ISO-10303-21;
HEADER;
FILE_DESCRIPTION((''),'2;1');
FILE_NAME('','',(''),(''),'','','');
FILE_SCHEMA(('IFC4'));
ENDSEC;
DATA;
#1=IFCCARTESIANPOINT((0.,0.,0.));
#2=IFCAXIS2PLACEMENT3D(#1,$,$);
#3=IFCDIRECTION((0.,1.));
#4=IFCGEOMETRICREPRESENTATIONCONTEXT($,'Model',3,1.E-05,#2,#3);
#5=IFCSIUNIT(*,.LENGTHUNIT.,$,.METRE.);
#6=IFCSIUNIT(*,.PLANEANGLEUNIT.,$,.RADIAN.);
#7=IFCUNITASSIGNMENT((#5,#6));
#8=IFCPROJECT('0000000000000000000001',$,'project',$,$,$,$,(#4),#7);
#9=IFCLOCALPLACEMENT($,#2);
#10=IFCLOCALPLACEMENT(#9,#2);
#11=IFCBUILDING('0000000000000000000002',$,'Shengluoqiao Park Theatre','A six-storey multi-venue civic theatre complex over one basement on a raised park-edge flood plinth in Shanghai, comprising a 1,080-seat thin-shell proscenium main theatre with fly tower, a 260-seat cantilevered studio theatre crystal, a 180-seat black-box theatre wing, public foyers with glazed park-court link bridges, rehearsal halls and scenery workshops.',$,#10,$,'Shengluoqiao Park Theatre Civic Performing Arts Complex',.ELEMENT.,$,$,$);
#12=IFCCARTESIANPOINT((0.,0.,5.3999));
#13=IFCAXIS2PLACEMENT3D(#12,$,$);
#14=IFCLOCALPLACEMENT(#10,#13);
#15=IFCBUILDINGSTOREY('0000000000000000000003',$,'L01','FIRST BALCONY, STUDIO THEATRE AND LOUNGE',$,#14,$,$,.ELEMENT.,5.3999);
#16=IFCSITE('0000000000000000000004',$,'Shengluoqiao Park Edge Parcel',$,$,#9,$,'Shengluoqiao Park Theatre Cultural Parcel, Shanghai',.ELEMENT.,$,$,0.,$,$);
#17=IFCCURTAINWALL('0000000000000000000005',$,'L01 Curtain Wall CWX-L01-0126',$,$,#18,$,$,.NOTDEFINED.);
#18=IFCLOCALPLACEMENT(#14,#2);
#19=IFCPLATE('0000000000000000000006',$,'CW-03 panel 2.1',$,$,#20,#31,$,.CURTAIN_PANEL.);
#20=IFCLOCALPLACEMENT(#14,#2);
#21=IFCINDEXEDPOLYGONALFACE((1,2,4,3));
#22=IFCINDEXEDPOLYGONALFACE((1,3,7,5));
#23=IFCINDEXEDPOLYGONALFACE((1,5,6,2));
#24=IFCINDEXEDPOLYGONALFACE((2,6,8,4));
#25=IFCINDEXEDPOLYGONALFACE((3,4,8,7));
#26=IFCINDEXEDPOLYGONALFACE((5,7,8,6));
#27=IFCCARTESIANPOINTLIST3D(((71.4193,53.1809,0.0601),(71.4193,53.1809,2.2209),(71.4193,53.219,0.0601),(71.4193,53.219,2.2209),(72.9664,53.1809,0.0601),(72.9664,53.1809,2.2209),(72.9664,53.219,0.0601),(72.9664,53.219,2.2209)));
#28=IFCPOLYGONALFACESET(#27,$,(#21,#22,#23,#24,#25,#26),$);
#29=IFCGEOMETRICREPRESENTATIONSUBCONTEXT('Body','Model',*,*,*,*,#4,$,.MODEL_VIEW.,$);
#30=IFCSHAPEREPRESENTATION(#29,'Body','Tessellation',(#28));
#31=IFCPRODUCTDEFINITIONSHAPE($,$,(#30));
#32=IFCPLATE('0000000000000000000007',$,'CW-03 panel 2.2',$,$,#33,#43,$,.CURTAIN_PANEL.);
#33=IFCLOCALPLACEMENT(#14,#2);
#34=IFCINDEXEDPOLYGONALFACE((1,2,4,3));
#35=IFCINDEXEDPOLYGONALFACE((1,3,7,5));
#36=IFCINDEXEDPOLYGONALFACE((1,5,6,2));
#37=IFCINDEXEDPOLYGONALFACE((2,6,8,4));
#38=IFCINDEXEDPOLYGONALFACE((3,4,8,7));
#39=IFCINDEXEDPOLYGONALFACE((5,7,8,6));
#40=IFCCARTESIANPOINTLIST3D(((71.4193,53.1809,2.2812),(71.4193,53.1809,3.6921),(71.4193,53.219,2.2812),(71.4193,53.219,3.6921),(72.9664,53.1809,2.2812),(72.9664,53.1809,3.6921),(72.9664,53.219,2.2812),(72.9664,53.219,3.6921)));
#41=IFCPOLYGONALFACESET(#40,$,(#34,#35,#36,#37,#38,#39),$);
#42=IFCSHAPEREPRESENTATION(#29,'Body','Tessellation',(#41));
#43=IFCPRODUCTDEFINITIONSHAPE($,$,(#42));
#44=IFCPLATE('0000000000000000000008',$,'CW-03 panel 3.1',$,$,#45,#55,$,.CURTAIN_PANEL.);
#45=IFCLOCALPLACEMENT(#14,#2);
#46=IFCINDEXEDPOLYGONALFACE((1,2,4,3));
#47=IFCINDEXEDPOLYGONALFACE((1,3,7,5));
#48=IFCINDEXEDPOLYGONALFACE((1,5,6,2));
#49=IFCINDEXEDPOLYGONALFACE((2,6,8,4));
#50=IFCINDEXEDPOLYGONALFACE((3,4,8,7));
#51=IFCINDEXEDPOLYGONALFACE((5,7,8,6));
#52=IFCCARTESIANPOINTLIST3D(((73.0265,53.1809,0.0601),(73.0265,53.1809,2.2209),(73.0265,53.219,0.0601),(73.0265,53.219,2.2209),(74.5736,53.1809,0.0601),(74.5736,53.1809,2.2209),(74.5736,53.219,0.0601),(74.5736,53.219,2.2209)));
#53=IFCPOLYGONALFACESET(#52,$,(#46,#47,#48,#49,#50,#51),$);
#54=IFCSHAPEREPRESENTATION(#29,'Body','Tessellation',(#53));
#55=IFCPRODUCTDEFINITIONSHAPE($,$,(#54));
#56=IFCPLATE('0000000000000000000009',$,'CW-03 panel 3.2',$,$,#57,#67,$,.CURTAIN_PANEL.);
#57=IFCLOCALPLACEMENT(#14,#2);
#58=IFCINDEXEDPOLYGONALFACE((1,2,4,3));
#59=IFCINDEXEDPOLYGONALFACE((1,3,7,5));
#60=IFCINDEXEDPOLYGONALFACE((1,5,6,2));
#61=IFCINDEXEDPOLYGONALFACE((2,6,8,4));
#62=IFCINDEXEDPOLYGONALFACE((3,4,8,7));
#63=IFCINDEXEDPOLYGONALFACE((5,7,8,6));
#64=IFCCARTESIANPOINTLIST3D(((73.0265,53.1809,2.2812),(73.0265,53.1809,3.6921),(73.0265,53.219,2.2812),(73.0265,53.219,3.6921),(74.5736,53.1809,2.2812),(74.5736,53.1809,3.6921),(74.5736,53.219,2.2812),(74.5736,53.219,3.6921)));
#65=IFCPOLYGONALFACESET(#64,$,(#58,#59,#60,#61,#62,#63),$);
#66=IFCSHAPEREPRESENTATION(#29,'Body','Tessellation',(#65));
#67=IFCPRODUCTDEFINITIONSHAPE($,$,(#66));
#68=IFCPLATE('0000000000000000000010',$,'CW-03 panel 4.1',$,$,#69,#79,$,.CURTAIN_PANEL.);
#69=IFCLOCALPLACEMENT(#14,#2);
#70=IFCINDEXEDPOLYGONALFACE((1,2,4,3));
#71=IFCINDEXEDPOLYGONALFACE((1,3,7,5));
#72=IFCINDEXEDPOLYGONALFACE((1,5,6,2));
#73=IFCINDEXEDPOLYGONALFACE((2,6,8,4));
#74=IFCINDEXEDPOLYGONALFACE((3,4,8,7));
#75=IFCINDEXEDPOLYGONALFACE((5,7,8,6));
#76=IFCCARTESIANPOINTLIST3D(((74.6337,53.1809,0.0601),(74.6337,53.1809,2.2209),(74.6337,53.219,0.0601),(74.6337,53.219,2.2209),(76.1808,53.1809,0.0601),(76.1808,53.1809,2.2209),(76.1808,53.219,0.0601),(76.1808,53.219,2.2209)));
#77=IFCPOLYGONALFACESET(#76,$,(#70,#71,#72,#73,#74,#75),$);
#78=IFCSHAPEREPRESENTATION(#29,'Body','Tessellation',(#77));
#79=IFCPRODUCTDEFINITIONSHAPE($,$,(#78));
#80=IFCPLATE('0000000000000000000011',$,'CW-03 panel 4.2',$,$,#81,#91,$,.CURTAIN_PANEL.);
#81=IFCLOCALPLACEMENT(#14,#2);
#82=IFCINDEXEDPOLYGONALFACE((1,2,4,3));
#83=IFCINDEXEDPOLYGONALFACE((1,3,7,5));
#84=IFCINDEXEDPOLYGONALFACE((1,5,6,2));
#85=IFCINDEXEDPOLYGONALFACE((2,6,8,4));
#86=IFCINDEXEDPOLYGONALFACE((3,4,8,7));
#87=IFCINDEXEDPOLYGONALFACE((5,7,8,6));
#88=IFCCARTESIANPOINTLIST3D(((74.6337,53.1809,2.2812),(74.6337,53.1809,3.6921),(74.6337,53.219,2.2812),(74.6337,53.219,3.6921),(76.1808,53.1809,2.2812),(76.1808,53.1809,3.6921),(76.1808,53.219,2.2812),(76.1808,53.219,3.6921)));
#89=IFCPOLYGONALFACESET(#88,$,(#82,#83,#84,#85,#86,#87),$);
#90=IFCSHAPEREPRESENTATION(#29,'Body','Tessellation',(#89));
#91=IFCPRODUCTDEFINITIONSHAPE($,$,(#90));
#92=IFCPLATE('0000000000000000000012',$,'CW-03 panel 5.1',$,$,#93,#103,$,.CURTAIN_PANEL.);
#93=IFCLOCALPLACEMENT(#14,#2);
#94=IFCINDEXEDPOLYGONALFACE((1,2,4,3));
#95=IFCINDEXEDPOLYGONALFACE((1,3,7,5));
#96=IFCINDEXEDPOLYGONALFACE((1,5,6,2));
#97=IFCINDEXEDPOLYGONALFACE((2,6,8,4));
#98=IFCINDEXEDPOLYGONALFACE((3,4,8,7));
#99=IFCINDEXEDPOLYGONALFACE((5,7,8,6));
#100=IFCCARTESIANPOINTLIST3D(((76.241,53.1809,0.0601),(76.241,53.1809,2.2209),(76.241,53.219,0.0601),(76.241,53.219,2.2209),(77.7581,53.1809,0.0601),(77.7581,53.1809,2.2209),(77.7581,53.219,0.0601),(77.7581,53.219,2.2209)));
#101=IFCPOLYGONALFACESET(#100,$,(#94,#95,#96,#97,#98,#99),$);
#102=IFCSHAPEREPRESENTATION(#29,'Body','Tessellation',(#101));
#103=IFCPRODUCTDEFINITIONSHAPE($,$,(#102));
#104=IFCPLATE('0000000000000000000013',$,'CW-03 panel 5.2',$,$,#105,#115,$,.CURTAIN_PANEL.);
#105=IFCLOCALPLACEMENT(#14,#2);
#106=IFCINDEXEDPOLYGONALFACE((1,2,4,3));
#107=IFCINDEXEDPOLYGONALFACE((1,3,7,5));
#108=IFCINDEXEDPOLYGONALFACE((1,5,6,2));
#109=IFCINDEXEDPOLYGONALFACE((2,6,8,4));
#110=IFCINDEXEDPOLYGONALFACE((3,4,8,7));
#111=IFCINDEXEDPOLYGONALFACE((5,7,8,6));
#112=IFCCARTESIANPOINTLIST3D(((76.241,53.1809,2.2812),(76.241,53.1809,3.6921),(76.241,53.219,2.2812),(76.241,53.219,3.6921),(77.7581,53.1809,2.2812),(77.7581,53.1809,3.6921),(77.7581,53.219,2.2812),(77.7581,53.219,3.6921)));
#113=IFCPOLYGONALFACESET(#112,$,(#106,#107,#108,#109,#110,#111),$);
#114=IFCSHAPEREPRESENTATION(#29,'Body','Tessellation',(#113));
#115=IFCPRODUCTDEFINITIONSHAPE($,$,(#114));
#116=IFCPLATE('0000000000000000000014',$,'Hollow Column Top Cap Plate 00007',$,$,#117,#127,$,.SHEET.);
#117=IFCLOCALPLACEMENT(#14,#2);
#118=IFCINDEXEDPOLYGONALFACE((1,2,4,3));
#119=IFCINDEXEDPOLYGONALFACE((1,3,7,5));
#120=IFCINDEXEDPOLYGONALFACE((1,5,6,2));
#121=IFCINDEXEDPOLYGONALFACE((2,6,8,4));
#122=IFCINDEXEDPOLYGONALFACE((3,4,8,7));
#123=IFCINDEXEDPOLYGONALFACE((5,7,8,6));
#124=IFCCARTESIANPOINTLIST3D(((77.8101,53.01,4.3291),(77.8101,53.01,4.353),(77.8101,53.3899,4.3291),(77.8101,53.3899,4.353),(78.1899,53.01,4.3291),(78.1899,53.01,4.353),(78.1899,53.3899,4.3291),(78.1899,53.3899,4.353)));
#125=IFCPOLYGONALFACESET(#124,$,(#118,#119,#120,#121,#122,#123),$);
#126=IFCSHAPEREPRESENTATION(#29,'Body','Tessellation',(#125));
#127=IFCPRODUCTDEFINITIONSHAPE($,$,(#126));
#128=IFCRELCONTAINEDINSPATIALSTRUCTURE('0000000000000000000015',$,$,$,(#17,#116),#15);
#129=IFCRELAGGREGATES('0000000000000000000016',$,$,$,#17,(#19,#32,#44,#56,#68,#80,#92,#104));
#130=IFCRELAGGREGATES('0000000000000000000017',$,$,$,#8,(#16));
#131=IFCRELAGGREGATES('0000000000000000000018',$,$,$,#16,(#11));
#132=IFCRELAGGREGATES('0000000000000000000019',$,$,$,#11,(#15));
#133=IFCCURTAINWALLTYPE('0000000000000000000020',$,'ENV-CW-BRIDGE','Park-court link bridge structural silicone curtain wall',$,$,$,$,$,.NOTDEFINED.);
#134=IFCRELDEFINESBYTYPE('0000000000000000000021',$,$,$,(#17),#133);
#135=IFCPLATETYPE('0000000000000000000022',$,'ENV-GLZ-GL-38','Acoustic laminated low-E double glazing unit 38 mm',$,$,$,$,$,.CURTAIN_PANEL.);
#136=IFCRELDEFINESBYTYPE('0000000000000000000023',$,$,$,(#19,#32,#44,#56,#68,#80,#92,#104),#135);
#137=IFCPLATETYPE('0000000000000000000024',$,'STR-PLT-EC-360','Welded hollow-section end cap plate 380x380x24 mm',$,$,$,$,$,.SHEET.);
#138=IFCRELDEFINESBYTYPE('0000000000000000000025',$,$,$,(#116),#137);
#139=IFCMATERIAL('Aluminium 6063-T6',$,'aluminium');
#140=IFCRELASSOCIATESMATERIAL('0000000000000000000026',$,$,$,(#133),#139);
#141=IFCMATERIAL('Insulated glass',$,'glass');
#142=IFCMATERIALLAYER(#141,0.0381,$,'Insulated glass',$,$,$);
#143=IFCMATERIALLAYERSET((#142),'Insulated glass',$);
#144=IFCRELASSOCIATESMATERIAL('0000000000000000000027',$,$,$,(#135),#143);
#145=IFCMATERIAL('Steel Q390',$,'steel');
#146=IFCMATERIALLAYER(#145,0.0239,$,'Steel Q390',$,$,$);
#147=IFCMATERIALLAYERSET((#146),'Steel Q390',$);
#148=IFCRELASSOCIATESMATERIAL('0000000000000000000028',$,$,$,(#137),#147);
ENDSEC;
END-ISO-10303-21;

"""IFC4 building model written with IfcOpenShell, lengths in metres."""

from ifc_helpers import new_model, si_unit, direction, frame, origin, origin_2d, place, context, subcontext, project, spatial, rectangle, extrude, material, layer, layer_set, type_object, element, aggregate, save


model = new_model("IFC4")

# Units and contexts
model_context = context("Model", 3, precision=1e-05, world=origin(), true_north=direction((0.0, 1.0)))
body_context = subcontext(model_context, "Body", "Model", "MODEL_VIEW")
ifc_project = project(units=[si_unit("LENGTHUNIT", "METRE"), si_unit("PLANEANGLEUNIT", "RADIAN")], contexts=[model_context])

# Site, building, storey
site_placement = place(None, origin())
site = spatial("IfcSite", under=ifc_project, at=site_placement, Name="Shengluoqiao Park Edge Parcel", LongName="Shengluoqiao Park Theatre Cultural Parcel, Shanghai", CompositionType="ELEMENT", RefElevation=0.0)
building_placement = place(site_placement, origin())
building = spatial("IfcBuilding", under=site, at=building_placement, Name="Shengluoqiao Park Theatre", Description="A six-storey multi-venue civic theatre complex over one basement on a raised park-edge flood plinth in Shanghai, comprising a 1,080-seat thin-shell proscenium main theatre with fly tower, a 260-seat cantilevered studio theatre crystal, a 180-seat black-box theatre wing, public foyers with glazed park-court link bridges, rehearsal halls and scenery workshops.", LongName="Shengluoqiao Park Theatre Civic Performing Arts Complex", CompositionType="ELEMENT")
storey_placement = place(building_placement, frame((0.0, 0.0, 5.3999)))
storey = spatial("IfcBuildingStorey", under=building, at=storey_placement, Name="L01", Description="FIRST BALCONY, STUDIO THEATRE AND LOUNGE", CompositionType="ELEMENT", Elevation=5.3999)

# Curtain wall
ifc_material_1 = material(Name="Aluminium 6063-T6", Category="aluminium")
curtain_wall_type = type_object("IfcCurtainWallType", Name="ENV-CW-BRIDGE", Description="Park-court link bridge structural silicone curtain wall", PredefinedType="NOTDEFINED", material=ifc_material_1)
curtain_wall_1_placement = place(storey_placement, origin())
curtain_wall_1 = element("IfcCurtainWall", 1, at=curtain_wall_1_placement, inside=storey, type_object=curtain_wall_type, Name="L01 Curtain Wall CWX-L01-0126", PredefinedType="NOTDEFINED")

# Plates
ifc_material_2 = material(Name="Insulated glass", Category="glass")
ifc_layer_1 = layer(ifc_material_2, 0.0381, Name="Insulated glass")
ifc_layer_set_1 = layer_set([ifc_layer_1], Name="Insulated glass")
plate_type_1 = type_object("IfcPlateType", Name="ENV-GLZ-GL-38", Description="Acoustic laminated low-E double glazing unit 38 mm", PredefinedType="CURTAIN_PANEL", material=ifc_layer_set_1)
plate_1_placement = place(storey_placement, frame((72.1929, 53.2, 0.0601), z_axis=(0.0, 0.0, 1.0), x_axis=(1.0, 0.0, 0.0)))
plate_1 = element("IfcPlate", 2, at=plate_1_placement, type_object=plate_type_1, Name="CW-03 panel 2.1", PredefinedType="CURTAIN_PANEL", context=body_context, shape_type="SweptSolid", body=[
    extrude(rectangle(XDim=1.5471, YDim=0.0381, at=origin_2d()), origin(), (0.0, 0.0, 1.0), 2.1609),
])
plate_2_placement = place(storey_placement, frame((72.1929, 53.2, 2.2812), z_axis=(0.0, 0.0, 1.0), x_axis=(1.0, 0.0, 0.0)))
plate_2 = element("IfcPlate", 3, at=plate_2_placement, type_object=plate_type_1, Name="CW-03 panel 2.2", PredefinedType="CURTAIN_PANEL", context=body_context, shape_type="SweptSolid", body=[
    extrude(rectangle(XDim=1.5471, YDim=0.0381, at=origin_2d()), origin(), (0.0, 0.0, 1.0), 1.4109),
])
plate_3_placement = place(storey_placement, frame((73.8, 53.2, 0.0601), z_axis=(0.0, 0.0, 1.0), x_axis=(1.0, 0.0, 0.0)))
plate_3 = element("IfcPlate", 4, at=plate_3_placement, type_object=plate_type_1, Name="CW-03 panel 3.1", PredefinedType="CURTAIN_PANEL", context=body_context, shape_type="SweptSolid", body=[
    extrude(rectangle(XDim=1.5471, YDim=0.0381, at=origin_2d()), origin(), (0.0, 0.0, 1.0), 2.1609),
])
plate_4_placement = place(storey_placement, frame((73.8, 53.2, 2.2812), z_axis=(0.0, 0.0, 1.0), x_axis=(1.0, 0.0, 0.0)))
plate_4 = element("IfcPlate", 5, at=plate_4_placement, type_object=plate_type_1, Name="CW-03 panel 3.2", PredefinedType="CURTAIN_PANEL", context=body_context, shape_type="SweptSolid", body=[
    extrude(rectangle(XDim=1.5471, YDim=0.0381, at=origin_2d()), origin(), (0.0, 0.0, 1.0), 1.4109),
])
plate_5_placement = place(storey_placement, frame((75.4072, 53.2, 0.0601), z_axis=(0.0, 0.0, 1.0), x_axis=(1.0, 0.0, 0.0)))
plate_5 = element("IfcPlate", 6, at=plate_5_placement, type_object=plate_type_1, Name="CW-03 panel 4.1", PredefinedType="CURTAIN_PANEL", context=body_context, shape_type="SweptSolid", body=[
    extrude(rectangle(XDim=1.5471, YDim=0.0381, at=origin_2d()), origin(), (0.0, 0.0, 1.0), 2.1609),
])
plate_6_placement = place(storey_placement, frame((75.4072, 53.2, 2.2812), z_axis=(0.0, 0.0, 1.0), x_axis=(1.0, 0.0, 0.0)))
plate_6 = element("IfcPlate", 7, at=plate_6_placement, type_object=plate_type_1, Name="CW-03 panel 4.2", PredefinedType="CURTAIN_PANEL", context=body_context, shape_type="SweptSolid", body=[
    extrude(rectangle(XDim=1.5471, YDim=0.0381, at=origin_2d()), origin(), (0.0, 0.0, 1.0), 1.4109),
])
plate_7_placement = place(storey_placement, frame((76.9995, 53.2, 0.0601), z_axis=(0.0, 0.0, 1.0), x_axis=(1.0, 0.0, 0.0)))
plate_7 = element("IfcPlate", 8, at=plate_7_placement, type_object=plate_type_1, Name="CW-03 panel 5.1", PredefinedType="CURTAIN_PANEL", context=body_context, shape_type="SweptSolid", body=[
    extrude(rectangle(XDim=1.5171, YDim=0.0381, at=origin_2d()), origin(), (0.0, 0.0, 1.0), 2.1609),
])
plate_8_placement = place(storey_placement, frame((76.9995, 53.2, 2.2812), z_axis=(0.0, 0.0, 1.0), x_axis=(1.0, 0.0, 0.0)))
plate_8 = element("IfcPlate", 9, at=plate_8_placement, type_object=plate_type_1, Name="CW-03 panel 5.2", PredefinedType="CURTAIN_PANEL", context=body_context, shape_type="SweptSolid", body=[
    extrude(rectangle(XDim=1.5171, YDim=0.0381, at=origin_2d()), origin(), (0.0, 0.0, 1.0), 1.4109),
])
aggregate(curtain_wall_1, [plate_1, plate_2, plate_3, plate_4, plate_5, plate_6, plate_7, plate_8])
ifc_material_3 = material(Name="Steel Q390", Category="steel")
ifc_layer_2 = layer(ifc_material_3, 0.0239, Name="Steel Q390")
ifc_layer_set_2 = layer_set([ifc_layer_2], Name="Steel Q390")
plate_type_2 = type_object("IfcPlateType", Name="STR-PLT-EC-360", Description="Welded hollow-section end cap plate 380x380x24 mm", PredefinedType="SHEET", material=ifc_layer_set_2)
plate_9_placement = place(storey_placement, frame((78.0, 53.2, 4.3291), z_axis=(0.0, 0.0, 1.0), x_axis=(1.0, 0.0, 0.0)))
element("IfcPlate", 10, at=plate_9_placement, inside=storey, type_object=plate_type_2, Name="Hollow Column Top Cap Plate 00007", PredefinedType="SHEET", context=body_context, shape_type="SweptSolid", body=[
    extrude(rectangle(XDim=0.3799, YDim=0.3799, at=origin_2d()), origin(), (0.0, 0.0, 1.0), 0.0239),
])

save(model, "model.ifc")
